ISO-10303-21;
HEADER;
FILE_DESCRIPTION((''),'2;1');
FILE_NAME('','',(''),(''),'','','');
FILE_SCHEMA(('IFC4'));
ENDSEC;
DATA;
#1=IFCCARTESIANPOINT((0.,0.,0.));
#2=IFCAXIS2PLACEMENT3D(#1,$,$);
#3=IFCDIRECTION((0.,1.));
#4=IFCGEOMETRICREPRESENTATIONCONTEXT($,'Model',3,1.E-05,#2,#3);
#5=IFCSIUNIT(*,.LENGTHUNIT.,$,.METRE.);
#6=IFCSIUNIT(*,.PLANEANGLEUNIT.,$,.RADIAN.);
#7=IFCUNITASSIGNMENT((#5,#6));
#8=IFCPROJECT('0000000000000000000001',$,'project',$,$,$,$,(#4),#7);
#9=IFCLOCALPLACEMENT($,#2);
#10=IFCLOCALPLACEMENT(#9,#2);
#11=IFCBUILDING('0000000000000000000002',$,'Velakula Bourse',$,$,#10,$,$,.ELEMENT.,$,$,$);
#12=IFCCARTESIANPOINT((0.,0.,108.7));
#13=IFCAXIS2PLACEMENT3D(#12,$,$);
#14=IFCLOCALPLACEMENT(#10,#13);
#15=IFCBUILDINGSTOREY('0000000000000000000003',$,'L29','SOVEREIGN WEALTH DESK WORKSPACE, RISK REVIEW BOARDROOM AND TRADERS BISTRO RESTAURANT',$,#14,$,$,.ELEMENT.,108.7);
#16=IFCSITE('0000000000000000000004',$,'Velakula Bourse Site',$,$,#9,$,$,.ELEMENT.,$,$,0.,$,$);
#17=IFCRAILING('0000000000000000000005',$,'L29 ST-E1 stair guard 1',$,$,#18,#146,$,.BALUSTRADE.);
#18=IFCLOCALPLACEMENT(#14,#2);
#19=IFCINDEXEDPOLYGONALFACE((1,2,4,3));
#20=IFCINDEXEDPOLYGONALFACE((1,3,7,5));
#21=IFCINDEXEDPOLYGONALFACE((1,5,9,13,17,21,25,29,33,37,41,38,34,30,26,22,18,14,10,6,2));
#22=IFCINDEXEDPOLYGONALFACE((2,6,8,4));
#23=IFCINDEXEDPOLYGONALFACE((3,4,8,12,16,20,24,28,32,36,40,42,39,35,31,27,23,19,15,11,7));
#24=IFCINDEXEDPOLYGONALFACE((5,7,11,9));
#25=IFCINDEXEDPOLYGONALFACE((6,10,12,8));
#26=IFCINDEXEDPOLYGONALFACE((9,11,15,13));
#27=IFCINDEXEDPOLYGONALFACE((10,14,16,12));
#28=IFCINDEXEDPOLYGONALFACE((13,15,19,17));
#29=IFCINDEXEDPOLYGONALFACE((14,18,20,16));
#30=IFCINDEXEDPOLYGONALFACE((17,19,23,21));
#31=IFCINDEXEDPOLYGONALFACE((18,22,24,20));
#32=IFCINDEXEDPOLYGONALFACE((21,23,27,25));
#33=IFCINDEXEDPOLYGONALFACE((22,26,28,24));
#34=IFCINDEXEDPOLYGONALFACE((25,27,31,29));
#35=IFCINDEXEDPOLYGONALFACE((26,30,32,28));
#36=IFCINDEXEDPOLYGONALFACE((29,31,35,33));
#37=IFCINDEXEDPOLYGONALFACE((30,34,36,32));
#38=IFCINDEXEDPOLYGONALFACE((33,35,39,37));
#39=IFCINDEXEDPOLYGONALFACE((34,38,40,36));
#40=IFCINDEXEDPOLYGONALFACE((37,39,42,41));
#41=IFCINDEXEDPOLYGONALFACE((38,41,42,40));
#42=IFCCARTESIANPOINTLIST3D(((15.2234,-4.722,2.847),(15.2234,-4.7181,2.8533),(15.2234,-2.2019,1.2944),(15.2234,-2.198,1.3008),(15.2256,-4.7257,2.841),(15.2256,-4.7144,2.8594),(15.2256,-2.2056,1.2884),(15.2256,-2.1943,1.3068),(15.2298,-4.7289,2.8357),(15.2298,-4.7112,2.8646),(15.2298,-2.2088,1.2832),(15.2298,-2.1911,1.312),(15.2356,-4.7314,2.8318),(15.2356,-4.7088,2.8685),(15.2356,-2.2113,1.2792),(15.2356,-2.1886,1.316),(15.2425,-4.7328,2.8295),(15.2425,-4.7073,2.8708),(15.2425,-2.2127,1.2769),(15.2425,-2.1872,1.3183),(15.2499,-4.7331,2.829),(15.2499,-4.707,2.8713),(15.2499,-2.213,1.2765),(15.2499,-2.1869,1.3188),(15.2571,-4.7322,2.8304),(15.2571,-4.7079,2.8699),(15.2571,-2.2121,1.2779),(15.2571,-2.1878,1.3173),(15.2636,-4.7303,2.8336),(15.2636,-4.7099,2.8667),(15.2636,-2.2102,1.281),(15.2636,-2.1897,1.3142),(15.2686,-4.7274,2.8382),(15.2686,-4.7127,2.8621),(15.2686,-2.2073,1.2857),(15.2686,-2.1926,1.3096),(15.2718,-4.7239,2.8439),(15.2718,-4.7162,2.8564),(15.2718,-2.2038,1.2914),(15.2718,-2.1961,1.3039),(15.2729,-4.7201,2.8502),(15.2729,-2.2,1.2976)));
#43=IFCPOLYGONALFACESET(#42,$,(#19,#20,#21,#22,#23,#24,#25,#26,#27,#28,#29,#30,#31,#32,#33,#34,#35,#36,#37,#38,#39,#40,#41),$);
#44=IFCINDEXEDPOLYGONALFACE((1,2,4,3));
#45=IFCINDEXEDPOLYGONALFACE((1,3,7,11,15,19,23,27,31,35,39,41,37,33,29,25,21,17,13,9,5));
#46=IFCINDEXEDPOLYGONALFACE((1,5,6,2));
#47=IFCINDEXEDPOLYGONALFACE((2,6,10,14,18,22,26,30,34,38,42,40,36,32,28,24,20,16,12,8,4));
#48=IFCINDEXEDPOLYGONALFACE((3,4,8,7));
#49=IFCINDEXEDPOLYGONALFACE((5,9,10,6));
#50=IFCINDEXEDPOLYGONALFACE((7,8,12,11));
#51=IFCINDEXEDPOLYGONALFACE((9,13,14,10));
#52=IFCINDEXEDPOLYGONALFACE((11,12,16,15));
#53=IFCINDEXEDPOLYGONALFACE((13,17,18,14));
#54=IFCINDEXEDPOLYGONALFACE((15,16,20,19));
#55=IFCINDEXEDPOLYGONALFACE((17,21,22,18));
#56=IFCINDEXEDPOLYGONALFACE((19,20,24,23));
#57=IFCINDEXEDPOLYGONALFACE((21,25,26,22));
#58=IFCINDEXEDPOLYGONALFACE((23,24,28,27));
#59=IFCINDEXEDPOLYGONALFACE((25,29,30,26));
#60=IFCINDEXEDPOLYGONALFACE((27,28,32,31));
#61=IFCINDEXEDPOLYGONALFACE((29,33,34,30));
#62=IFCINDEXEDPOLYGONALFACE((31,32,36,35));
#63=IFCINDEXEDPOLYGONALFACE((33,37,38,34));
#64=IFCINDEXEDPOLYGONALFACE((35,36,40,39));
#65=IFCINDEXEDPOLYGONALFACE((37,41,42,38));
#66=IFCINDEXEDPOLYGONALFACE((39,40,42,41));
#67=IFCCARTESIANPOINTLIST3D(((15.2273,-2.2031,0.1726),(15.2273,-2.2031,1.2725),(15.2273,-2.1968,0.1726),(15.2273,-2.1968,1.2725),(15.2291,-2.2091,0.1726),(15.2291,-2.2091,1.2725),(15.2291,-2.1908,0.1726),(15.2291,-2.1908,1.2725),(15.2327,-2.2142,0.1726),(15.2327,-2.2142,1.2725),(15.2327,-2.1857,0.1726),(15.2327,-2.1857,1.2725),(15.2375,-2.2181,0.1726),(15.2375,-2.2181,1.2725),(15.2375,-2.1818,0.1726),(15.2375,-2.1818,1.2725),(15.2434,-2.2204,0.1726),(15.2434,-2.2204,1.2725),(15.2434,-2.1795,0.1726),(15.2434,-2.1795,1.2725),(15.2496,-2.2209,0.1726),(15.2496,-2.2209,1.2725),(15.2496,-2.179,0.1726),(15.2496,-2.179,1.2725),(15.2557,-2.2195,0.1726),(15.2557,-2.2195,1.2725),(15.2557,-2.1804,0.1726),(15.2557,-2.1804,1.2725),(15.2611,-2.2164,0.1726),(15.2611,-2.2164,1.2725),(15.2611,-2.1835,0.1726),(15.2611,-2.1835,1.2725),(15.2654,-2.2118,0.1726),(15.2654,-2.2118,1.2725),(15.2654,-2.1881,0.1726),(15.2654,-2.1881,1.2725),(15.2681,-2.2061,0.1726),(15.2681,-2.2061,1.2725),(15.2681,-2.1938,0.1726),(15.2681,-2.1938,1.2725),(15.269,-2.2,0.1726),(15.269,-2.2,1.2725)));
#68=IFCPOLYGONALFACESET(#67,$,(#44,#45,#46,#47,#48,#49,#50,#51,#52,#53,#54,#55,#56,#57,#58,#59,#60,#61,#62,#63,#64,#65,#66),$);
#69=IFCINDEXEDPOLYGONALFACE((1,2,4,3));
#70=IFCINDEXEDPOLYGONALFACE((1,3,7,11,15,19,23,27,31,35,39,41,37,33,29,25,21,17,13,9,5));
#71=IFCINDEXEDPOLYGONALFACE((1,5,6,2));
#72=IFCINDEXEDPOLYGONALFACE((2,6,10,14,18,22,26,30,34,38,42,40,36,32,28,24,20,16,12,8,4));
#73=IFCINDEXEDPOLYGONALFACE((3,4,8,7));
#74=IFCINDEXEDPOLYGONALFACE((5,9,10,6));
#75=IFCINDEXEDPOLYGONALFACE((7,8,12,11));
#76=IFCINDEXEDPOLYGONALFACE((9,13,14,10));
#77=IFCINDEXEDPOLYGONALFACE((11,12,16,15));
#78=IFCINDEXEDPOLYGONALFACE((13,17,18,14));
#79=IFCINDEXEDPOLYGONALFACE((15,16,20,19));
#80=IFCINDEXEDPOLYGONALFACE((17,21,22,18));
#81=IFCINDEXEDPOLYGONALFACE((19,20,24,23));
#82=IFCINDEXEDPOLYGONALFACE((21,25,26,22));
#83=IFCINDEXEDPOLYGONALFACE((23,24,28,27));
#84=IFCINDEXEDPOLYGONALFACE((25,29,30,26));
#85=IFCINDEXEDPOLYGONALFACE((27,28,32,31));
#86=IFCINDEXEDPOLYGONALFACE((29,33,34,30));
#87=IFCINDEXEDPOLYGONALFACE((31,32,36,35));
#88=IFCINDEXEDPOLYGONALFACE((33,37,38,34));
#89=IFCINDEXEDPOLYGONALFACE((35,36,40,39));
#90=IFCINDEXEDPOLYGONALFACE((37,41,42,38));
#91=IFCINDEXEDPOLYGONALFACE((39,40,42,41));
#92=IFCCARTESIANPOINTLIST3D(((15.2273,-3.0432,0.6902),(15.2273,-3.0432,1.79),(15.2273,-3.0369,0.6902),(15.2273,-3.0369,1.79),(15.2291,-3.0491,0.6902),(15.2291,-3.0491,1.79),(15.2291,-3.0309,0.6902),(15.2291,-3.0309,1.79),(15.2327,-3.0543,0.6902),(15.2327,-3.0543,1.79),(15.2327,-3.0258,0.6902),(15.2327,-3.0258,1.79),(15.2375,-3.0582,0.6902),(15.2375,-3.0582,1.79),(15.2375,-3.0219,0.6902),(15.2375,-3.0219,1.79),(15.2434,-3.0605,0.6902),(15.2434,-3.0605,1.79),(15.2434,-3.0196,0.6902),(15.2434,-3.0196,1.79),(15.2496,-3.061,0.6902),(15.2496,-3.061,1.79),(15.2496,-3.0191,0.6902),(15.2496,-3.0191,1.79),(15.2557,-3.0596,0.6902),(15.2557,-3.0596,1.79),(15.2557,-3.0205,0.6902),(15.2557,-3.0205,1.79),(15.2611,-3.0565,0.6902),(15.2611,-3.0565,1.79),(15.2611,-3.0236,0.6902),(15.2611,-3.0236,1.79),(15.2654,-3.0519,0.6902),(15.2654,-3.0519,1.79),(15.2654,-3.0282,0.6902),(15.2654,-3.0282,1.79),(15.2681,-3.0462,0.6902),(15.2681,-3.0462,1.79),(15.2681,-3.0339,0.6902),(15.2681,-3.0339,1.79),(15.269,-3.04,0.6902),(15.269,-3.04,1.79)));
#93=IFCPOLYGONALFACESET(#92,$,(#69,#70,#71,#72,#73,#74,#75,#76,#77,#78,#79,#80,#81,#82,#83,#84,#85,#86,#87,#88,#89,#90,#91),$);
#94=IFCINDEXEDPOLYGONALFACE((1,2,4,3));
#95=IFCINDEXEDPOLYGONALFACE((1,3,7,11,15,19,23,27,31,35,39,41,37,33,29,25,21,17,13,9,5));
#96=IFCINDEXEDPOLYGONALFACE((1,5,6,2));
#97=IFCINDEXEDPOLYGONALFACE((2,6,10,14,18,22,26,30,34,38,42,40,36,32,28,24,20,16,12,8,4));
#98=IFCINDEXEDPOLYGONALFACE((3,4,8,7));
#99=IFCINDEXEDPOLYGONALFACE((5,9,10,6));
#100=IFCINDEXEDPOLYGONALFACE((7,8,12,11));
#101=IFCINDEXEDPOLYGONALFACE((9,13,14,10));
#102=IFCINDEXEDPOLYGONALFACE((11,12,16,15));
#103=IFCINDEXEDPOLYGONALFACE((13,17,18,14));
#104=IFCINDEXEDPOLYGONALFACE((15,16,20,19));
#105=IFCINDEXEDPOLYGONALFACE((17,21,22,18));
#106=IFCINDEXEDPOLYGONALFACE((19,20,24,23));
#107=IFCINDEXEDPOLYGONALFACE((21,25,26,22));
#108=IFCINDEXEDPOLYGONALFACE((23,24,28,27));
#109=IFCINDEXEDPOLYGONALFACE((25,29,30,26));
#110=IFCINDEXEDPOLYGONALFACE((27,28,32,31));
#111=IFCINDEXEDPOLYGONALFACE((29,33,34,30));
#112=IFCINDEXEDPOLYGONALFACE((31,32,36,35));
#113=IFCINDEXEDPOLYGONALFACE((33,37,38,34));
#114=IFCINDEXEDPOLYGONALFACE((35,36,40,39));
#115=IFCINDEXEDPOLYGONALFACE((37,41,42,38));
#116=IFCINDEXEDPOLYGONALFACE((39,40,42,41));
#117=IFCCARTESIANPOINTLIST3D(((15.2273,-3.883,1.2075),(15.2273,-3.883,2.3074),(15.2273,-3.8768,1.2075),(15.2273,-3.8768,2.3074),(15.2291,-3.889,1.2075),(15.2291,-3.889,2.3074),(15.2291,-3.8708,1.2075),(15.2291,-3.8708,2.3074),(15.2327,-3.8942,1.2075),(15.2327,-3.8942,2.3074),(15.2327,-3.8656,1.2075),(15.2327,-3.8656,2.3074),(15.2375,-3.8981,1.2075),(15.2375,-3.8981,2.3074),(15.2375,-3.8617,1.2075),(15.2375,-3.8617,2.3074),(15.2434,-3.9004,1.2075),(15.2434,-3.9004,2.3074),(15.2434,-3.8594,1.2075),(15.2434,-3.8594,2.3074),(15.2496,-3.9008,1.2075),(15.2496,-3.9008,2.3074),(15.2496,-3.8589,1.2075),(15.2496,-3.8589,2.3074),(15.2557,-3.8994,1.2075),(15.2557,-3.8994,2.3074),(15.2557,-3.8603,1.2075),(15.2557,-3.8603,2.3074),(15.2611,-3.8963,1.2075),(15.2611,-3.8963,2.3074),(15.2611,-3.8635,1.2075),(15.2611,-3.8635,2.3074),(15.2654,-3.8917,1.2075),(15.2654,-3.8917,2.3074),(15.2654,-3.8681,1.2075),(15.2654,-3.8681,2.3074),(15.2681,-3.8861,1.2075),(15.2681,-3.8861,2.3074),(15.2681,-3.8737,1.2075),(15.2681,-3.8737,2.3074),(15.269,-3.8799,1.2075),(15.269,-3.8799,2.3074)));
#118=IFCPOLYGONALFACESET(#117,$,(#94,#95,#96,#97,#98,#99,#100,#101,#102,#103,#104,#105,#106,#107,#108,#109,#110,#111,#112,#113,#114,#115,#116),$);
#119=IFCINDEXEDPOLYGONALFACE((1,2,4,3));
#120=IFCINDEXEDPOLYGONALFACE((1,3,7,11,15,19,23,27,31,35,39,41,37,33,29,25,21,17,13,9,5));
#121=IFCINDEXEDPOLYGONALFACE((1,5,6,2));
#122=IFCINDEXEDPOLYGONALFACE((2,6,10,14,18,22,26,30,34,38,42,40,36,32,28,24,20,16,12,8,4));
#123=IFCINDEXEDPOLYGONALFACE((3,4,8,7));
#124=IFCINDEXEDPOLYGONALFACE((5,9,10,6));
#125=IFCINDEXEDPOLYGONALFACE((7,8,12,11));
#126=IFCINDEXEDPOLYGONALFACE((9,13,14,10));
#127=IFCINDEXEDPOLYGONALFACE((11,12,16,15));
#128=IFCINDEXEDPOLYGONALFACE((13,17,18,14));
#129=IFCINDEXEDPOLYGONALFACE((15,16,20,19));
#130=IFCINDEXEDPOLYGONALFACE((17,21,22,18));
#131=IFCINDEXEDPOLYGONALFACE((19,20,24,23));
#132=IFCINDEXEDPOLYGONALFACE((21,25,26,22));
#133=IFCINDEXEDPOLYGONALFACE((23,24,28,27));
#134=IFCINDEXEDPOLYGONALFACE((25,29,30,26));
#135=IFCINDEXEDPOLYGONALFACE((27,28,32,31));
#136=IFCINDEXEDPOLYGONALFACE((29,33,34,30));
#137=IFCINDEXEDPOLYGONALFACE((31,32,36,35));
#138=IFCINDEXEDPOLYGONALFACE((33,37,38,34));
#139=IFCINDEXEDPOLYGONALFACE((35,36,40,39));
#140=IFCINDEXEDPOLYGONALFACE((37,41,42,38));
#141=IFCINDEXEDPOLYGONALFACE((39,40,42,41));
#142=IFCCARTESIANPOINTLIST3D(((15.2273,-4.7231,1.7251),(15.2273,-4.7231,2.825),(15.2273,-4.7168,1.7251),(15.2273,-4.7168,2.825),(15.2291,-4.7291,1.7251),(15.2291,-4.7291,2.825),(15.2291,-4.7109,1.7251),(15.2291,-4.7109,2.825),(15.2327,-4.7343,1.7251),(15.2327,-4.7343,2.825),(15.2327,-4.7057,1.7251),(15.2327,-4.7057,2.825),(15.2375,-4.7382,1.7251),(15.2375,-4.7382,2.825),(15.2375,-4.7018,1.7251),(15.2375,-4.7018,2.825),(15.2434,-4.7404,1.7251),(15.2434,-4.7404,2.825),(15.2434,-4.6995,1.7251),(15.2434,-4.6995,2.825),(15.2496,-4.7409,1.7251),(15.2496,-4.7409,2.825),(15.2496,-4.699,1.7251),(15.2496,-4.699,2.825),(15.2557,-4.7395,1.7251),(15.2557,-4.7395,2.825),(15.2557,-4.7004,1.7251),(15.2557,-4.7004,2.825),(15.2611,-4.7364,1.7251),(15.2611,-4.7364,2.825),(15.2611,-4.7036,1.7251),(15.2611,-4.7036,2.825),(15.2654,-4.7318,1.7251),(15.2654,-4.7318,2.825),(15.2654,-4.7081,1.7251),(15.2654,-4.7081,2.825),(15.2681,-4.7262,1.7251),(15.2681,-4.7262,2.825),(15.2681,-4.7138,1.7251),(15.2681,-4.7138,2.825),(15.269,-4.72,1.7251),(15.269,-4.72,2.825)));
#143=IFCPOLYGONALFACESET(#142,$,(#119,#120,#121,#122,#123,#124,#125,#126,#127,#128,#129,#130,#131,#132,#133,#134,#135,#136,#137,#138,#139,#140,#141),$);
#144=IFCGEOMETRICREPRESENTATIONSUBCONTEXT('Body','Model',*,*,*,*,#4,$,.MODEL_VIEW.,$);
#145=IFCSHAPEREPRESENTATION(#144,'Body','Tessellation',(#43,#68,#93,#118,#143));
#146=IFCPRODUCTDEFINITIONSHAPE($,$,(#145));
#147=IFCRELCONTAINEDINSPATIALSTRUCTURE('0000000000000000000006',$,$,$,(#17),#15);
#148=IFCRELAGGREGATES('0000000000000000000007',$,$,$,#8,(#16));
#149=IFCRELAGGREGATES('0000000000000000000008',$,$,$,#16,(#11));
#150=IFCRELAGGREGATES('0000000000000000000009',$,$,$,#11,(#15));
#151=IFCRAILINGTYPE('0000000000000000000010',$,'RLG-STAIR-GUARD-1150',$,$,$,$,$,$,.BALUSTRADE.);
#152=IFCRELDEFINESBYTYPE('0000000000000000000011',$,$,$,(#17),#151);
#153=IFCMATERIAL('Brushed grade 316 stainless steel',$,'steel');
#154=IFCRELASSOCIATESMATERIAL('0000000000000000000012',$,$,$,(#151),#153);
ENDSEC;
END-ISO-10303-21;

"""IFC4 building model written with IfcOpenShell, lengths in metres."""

from ifc_helpers import new_model, si_unit, direction, frame, origin, origin_2d, place, context, subcontext, project, spatial, circle, extrude, material, type_object, element, save


model = new_model("IFC4")

# Units and contexts
model_context = context("Model", 3, precision=1e-05, world=origin(), true_north=direction((0.0, 1.0)))
body_context = subcontext(model_context, "Body", "Model", "MODEL_VIEW")
ifc_project = project(units=[si_unit("LENGTHUNIT", "METRE"), si_unit("PLANEANGLEUNIT", "RADIAN")], contexts=[model_context])

# Site, building, storey
site_placement = place(None, origin())
site = spatial("IfcSite", under=ifc_project, at=site_placement, Name="Velakula Bourse Site", CompositionType="ELEMENT", RefElevation=0.0)
building_placement = place(site_placement, origin())
building = spatial("IfcBuilding", under=site, at=building_placement, Name="Velakula Bourse", CompositionType="ELEMENT")
storey_placement = place(building_placement, frame((0.0, 0.0, 108.7)))
storey = spatial("IfcBuildingStorey", under=building, at=storey_placement, Name="L29", Description="SOVEREIGN WEALTH DESK WORKSPACE, RISK REVIEW BOARDROOM AND TRADERS BISTRO RESTAURANT", CompositionType="ELEMENT", Elevation=108.7)

# Shared definitions
ifc_material_1 = material(Name="Brushed grade 316 stainless steel", Category="steel")

# Railing
railing_type_1 = type_object("IfcRailingType", Name="RLG-STAIR-GUARD-1150", PredefinedType="BALUSTRADE", material=ifc_material_1)
railing_1_placement = place(storey_placement, frame((15.248, -2.2, 0.1726)))
element("IfcRailing", 1, at=railing_1_placement, inside=storey, type_object=railing_type_1, Name="L29 ST-E1 stair guard 1", PredefinedType="BALUSTRADE", context=body_context, shape_type="SweptSolid", body=[
    extrude(circle(Radius=0.0249, at=origin_2d()), frame((0.0, 0.0, 1.125), z_axis=(0.0, -0.8514, 0.524516), x_axis=(1.0, 0.0, 0.0)), (0.0, 0.0, 1.0), 2.96),
    extrude(circle(Radius=0.021, at=origin_2d()), origin(), (0.0, 0.0, 1.0), 1.0999),
    extrude(circle(Radius=0.021, at=origin_2d()), frame((0.0, -0.8401, 0.5176)), (0.0, 0.0, 1.0), 1.0999),
    extrude(circle(Radius=0.021, at=origin_2d()), frame((0.0, -1.6799, 1.0349)), (0.0, 0.0, 1.0), 1.0999),
    extrude(circle(Radius=0.021, at=origin_2d()), frame((0.0, -2.52, 1.5525)), (0.0, 0.0, 1.0), 1.0999),
])

save(model, "model.ifc")
